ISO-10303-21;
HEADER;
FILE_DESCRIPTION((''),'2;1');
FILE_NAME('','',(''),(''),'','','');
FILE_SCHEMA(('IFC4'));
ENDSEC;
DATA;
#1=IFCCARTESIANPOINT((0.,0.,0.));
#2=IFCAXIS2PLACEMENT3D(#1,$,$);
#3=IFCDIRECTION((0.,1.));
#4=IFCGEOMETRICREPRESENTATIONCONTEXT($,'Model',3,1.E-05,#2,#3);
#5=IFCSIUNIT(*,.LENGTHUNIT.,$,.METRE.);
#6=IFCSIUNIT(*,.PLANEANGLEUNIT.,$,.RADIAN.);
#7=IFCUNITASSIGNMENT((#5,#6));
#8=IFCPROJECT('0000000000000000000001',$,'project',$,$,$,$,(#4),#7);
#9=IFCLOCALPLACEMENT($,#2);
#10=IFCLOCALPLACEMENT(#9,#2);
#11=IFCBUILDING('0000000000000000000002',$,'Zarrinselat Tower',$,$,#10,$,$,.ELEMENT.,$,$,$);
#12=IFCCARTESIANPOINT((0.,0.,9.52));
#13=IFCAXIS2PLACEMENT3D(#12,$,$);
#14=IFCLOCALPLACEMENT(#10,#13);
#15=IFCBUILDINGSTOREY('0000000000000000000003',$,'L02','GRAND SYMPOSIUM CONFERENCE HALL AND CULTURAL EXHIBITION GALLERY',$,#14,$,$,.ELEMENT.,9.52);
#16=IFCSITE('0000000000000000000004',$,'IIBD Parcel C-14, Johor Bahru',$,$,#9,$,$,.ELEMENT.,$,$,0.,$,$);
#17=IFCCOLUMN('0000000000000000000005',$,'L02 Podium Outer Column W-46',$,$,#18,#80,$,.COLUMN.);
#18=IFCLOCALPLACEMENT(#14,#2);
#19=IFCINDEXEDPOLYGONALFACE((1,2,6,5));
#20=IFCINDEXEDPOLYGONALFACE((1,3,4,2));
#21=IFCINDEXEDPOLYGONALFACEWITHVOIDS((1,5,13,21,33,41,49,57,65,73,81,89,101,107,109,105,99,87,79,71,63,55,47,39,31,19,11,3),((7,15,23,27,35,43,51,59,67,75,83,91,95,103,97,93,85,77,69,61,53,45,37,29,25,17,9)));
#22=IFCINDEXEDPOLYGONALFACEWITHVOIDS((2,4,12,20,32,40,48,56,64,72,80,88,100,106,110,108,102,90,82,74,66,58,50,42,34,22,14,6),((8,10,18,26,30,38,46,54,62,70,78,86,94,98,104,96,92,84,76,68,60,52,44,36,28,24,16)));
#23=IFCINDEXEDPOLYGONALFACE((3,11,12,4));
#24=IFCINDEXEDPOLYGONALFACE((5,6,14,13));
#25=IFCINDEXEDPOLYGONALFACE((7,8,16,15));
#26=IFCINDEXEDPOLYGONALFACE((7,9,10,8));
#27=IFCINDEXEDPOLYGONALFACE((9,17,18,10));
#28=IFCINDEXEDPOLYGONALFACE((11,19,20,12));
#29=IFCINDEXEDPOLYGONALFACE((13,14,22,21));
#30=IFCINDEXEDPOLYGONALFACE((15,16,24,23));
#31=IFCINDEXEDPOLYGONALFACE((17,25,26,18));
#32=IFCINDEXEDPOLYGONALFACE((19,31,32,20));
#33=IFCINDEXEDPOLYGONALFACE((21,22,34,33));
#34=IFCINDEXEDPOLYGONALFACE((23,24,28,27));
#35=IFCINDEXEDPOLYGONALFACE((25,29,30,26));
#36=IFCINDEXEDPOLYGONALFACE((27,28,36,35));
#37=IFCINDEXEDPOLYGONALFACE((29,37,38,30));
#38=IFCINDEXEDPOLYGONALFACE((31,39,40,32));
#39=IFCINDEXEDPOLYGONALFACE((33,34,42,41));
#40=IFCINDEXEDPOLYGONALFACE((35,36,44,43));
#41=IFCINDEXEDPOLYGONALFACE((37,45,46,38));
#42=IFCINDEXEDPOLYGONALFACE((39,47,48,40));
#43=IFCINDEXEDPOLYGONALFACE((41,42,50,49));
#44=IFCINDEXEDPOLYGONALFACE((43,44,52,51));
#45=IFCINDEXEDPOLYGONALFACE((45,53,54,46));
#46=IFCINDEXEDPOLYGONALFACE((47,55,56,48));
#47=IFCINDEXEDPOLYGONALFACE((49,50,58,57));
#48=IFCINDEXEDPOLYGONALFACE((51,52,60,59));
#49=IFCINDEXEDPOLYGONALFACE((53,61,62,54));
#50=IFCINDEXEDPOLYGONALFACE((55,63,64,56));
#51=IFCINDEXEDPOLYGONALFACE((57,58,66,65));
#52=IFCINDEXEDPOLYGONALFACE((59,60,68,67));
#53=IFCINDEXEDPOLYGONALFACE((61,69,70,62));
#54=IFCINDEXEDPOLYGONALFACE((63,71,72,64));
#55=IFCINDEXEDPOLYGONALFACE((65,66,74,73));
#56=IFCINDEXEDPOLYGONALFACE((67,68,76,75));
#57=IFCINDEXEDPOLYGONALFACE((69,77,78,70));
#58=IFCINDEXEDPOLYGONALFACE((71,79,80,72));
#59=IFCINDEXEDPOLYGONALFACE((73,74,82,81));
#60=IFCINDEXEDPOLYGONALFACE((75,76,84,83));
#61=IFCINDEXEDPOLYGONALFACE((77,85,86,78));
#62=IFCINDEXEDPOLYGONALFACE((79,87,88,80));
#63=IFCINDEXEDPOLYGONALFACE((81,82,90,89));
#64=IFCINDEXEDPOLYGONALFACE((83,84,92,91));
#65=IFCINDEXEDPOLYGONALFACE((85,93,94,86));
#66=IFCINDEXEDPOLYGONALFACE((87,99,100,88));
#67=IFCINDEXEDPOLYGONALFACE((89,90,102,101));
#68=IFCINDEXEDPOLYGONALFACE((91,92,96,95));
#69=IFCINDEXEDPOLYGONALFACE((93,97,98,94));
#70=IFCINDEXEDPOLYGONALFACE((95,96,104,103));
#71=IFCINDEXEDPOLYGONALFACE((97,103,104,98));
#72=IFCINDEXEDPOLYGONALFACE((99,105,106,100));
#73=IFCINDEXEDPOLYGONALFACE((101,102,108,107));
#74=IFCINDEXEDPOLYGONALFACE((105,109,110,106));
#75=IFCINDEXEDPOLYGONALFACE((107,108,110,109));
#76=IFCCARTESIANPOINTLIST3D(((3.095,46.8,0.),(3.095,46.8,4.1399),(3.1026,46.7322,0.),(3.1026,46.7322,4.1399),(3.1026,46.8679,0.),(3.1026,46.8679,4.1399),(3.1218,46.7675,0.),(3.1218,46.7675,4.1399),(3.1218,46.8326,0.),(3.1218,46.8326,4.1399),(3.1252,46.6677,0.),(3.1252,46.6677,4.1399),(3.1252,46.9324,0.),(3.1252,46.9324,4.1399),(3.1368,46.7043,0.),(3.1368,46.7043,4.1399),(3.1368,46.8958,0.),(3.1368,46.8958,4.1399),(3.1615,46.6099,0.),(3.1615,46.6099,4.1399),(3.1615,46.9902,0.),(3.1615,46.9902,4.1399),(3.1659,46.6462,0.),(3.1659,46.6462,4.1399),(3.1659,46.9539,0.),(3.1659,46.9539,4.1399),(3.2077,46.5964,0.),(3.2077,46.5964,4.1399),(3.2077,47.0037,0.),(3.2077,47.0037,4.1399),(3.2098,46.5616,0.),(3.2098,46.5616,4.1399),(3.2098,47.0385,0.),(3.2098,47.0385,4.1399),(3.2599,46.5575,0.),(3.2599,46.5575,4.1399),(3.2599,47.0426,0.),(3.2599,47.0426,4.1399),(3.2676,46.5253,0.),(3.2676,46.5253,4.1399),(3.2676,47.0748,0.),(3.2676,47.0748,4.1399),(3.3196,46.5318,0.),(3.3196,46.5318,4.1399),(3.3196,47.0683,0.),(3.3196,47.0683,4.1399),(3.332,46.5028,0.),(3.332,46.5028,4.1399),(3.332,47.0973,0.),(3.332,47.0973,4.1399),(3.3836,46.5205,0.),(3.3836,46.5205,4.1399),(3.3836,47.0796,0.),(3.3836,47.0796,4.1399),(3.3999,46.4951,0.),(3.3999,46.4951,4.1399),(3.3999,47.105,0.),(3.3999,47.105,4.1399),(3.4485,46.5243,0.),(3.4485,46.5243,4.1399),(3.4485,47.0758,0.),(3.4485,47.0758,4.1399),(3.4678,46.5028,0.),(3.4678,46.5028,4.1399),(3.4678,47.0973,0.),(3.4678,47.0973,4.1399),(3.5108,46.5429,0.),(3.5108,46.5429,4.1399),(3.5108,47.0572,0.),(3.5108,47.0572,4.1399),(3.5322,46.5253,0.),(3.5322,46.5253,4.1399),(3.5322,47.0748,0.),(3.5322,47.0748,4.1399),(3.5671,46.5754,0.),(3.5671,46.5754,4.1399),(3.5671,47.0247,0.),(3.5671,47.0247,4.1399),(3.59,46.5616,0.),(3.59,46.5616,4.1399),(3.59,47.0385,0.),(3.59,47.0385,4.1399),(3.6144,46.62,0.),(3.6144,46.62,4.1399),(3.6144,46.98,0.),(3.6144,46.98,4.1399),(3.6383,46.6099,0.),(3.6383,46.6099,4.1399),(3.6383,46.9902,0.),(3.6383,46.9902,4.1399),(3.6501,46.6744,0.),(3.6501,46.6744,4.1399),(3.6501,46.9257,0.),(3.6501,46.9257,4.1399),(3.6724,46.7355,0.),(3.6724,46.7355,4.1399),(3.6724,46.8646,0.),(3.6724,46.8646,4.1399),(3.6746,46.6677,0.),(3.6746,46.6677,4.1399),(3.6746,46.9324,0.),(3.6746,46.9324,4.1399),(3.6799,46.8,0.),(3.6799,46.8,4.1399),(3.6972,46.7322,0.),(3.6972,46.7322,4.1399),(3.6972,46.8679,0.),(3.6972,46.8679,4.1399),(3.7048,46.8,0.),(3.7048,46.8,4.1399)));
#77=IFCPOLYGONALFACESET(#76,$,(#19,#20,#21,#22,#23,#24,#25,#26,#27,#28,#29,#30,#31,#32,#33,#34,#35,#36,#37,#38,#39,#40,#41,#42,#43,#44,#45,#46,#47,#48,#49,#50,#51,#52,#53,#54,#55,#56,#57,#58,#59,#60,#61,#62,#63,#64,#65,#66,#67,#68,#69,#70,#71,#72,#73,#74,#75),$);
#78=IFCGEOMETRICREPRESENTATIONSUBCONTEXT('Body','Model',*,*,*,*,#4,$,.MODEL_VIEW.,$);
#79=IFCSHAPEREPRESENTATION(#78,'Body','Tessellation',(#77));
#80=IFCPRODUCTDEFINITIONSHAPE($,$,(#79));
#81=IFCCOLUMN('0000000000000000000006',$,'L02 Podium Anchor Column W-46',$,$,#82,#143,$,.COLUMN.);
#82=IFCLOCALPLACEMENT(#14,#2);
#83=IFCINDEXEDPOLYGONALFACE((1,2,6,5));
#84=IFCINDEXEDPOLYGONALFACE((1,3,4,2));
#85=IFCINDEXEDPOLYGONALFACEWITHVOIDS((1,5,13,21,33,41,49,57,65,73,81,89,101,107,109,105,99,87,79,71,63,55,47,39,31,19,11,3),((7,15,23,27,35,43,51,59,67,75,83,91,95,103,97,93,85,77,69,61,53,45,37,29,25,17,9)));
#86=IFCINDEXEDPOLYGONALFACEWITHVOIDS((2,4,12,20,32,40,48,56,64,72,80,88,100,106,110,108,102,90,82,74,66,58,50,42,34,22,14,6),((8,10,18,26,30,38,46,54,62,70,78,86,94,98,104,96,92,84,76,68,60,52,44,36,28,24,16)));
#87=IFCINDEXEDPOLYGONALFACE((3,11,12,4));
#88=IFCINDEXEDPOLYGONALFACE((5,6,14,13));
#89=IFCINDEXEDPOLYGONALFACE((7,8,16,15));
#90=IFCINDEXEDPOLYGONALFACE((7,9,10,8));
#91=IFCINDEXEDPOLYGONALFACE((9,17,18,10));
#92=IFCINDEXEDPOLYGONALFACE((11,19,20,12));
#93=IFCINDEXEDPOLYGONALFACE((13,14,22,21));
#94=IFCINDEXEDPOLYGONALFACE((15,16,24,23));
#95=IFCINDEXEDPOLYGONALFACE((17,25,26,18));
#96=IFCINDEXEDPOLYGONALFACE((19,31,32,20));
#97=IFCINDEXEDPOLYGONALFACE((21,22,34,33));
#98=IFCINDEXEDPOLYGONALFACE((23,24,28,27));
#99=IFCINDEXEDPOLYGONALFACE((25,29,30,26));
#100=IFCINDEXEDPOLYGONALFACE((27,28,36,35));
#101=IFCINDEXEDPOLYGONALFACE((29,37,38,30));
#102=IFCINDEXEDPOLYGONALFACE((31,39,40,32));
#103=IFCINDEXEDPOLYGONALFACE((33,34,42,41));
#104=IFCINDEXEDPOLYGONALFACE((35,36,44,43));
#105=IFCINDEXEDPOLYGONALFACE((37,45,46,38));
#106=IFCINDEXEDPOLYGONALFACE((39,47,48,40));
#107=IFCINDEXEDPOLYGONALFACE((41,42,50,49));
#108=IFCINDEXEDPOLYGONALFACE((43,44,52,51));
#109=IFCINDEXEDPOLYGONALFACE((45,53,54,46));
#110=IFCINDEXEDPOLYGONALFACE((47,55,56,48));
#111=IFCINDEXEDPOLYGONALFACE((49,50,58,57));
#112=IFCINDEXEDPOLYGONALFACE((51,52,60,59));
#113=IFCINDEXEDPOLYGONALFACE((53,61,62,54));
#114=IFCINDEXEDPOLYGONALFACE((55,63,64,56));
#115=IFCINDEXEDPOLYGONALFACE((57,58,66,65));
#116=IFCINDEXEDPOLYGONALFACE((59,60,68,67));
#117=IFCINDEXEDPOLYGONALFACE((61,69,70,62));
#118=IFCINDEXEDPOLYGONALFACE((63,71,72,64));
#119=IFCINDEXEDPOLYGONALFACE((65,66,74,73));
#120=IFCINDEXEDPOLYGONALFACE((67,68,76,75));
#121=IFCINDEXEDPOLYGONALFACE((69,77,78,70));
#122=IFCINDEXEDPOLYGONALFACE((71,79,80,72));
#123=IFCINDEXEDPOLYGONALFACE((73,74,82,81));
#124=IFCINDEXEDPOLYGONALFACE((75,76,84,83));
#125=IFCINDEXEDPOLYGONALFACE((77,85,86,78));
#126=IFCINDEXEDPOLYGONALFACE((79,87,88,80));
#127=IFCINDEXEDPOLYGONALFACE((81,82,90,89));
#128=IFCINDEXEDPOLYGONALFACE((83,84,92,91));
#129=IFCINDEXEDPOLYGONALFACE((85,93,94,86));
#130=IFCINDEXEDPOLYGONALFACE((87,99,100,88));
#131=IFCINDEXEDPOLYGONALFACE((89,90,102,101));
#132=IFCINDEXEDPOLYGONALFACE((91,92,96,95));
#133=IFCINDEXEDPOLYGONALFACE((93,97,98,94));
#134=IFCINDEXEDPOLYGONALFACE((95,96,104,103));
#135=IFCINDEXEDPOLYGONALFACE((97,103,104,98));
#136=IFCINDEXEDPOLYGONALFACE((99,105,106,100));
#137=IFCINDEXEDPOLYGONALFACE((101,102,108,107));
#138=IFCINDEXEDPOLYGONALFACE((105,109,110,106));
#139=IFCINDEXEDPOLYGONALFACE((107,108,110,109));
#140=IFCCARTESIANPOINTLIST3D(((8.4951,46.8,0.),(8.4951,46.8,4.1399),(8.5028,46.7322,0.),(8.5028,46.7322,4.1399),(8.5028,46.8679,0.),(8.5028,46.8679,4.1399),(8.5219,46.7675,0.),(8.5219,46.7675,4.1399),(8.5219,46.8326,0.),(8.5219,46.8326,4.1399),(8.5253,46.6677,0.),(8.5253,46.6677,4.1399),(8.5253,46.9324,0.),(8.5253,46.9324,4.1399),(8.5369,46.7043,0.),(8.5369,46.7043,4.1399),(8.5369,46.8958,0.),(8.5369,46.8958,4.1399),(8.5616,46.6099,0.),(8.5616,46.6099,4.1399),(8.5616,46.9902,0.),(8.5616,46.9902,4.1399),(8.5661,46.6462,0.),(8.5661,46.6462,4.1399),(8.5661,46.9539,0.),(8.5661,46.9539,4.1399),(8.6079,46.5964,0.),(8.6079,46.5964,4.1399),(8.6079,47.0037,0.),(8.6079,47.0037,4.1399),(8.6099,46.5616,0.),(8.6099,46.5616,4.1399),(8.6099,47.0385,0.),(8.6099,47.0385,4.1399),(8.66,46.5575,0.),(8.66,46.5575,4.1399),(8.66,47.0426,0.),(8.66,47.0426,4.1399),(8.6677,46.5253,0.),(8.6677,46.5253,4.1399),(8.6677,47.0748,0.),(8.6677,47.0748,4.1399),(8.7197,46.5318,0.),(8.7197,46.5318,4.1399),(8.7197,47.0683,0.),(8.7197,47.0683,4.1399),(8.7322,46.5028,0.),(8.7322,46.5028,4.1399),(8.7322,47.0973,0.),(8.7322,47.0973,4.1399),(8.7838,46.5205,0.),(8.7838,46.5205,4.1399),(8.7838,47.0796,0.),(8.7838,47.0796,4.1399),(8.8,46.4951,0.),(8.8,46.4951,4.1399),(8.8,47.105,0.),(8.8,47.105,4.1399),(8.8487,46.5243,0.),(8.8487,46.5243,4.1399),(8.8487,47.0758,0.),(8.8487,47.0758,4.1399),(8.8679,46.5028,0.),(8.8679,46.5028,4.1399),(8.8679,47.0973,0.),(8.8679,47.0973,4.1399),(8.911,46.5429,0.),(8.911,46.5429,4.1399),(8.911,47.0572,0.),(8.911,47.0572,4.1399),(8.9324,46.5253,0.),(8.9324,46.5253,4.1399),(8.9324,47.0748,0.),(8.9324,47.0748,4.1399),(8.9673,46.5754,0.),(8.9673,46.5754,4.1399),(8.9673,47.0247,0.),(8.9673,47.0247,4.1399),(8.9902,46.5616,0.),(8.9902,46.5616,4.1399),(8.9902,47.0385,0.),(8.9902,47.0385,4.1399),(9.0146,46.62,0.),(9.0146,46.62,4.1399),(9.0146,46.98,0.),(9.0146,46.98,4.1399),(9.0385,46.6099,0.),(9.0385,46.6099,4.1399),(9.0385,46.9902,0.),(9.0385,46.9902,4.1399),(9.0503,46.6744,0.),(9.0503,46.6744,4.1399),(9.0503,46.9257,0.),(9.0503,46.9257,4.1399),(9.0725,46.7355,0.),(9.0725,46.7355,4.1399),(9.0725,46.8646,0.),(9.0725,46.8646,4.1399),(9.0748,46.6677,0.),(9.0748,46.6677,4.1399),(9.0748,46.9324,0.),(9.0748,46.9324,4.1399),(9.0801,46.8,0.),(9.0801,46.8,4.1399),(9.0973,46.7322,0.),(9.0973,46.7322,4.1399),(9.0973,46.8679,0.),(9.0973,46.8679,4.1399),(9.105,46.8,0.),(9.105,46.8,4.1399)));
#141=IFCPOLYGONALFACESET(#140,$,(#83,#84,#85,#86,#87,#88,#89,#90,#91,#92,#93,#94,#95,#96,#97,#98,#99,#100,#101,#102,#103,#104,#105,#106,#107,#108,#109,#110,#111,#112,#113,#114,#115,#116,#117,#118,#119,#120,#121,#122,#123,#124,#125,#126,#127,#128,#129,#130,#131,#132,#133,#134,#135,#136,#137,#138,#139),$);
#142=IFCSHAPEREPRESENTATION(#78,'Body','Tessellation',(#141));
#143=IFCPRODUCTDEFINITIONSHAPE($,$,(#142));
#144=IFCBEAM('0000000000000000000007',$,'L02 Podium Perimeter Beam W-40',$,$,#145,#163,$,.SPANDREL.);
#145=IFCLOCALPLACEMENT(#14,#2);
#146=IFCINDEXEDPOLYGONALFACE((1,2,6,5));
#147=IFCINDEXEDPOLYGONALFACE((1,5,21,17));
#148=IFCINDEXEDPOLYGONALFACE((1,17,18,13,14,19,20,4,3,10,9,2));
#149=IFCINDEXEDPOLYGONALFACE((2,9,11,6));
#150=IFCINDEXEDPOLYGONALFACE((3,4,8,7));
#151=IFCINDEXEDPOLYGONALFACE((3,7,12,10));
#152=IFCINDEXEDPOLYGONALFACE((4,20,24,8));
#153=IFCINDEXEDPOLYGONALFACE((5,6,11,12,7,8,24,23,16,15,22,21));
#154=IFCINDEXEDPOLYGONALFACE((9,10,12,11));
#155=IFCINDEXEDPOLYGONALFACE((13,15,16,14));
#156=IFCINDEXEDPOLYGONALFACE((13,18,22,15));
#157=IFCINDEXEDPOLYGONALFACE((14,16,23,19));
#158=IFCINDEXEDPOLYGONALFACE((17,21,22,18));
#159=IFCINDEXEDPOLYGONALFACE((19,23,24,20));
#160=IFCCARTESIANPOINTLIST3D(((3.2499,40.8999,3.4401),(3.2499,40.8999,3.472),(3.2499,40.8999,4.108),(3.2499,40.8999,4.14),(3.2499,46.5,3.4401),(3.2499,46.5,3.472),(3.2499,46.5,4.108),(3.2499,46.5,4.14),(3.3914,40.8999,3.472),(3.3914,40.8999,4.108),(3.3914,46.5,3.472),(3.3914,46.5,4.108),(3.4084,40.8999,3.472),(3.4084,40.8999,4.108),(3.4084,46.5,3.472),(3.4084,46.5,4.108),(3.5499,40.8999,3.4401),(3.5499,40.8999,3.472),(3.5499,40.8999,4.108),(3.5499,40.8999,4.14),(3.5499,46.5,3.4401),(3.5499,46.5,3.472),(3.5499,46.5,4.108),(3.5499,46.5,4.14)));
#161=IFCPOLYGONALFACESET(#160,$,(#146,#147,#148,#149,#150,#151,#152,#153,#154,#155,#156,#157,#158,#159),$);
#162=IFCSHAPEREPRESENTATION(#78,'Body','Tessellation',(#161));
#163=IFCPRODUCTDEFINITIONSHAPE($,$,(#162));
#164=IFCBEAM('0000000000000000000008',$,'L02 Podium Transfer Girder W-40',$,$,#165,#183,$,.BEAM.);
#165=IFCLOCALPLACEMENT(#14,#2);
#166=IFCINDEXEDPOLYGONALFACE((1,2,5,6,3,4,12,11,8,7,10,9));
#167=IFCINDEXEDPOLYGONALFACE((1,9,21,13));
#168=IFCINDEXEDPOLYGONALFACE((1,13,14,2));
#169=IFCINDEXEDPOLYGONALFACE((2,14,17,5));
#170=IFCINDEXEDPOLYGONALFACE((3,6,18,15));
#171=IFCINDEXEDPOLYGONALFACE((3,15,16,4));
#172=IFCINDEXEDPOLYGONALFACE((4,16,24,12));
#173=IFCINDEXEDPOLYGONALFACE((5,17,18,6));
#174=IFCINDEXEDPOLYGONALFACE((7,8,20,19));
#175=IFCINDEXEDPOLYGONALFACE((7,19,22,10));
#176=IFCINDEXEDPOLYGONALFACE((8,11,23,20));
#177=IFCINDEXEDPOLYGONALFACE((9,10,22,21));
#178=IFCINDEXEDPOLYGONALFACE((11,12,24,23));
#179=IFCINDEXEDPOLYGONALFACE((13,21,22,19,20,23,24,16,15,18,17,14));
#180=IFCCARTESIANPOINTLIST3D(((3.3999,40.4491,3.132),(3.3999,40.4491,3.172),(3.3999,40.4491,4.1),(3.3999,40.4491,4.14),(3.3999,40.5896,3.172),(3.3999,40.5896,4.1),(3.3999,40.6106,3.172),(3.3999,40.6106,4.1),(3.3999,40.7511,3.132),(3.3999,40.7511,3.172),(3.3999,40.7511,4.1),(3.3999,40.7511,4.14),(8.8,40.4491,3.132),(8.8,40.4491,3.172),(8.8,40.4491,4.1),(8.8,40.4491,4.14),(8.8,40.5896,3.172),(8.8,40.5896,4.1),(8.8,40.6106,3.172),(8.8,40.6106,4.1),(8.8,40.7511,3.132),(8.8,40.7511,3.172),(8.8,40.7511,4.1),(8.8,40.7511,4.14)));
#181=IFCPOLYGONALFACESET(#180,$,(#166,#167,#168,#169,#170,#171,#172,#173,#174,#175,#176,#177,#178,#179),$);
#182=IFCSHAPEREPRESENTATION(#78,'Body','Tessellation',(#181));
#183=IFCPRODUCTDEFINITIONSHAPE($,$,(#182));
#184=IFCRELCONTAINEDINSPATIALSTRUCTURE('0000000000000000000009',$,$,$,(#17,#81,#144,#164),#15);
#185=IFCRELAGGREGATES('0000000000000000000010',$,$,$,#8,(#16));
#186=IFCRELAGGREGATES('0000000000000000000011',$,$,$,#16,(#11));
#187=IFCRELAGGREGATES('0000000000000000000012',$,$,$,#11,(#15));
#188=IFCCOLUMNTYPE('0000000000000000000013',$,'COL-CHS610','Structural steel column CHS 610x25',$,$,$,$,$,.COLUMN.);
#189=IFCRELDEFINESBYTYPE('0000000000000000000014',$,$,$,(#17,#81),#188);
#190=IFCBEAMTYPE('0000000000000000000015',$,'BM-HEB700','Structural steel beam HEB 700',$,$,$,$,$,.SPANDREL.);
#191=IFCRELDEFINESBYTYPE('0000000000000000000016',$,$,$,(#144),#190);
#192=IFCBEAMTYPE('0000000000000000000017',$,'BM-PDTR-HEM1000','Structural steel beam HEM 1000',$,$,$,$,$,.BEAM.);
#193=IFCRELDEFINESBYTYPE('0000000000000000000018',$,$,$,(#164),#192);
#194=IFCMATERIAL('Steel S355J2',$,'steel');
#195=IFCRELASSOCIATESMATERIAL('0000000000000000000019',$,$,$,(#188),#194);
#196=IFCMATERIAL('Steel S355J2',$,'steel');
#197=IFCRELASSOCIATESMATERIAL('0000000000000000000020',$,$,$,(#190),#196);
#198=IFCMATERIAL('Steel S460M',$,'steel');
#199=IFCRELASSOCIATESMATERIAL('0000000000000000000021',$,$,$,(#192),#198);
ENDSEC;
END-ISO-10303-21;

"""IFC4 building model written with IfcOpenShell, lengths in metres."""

from ifc_helpers import new_model, si_unit, direction, frame, origin, origin_2d, place, context, subcontext, project, spatial, hollow_circle, i_section, extrude, material, material_profile, profile_set, type_object, element, save


model = new_model("IFC4")

# Units and contexts
model_context = context("Model", 3, precision=1e-05, world=origin(), true_north=direction((0.0, 1.0)))
body_context = subcontext(model_context, "Body", "Model", "MODEL_VIEW")
ifc_project = project(units=[si_unit("LENGTHUNIT", "METRE"), si_unit("PLANEANGLEUNIT", "RADIAN")], contexts=[model_context])

# Site, building, storey
site_placement = place(None, origin())
site = spatial("IfcSite", under=ifc_project, at=site_placement, Name="IIBD Parcel C-14, Johor Bahru", CompositionType="ELEMENT", RefElevation=0.0)
building_placement = place(site_placement, origin())
building = spatial("IfcBuilding", under=site, at=building_placement, Name="Zarrinselat Tower", CompositionType="ELEMENT")
storey_placement = place(building_placement, frame((0.0, 0.0, 9.52)))
storey = spatial("IfcBuildingStorey", under=building, at=storey_placement, Name="L02", Description="GRAND SYMPOSIUM CONFERENCE HALL AND CULTURAL EXHIBITION GALLERY", CompositionType="ELEMENT", Elevation=9.52)

# Columns
ifc_material_1 = material(Name="Steel S355J2", Category="steel")
ifc_material_profile_1 = material_profile(ifc_material_1, hollow_circle(Radius=0.3049, WallThickness=0.0249, at=origin_2d()), Name="CHS 610x25")
ifc_profile_set_1 = profile_set([ifc_material_profile_1], Name="Steel S355J2")
column_type = type_object("IfcColumnType", Name="COL-CHS610", Description="Structural steel column CHS 610x25", PredefinedType="COLUMN", material=ifc_profile_set_1)
for number, where, z_axis, x_axis, name in (
    (1, (3.3999, 46.8, 0.0), (0.0, 0.0, 1.0), (1.0, 0.0, 0.0), "L02 Podium Outer Column W-46"),
    (2, (8.8, 46.8, 0.0), (0.0, 0.0, 1.0), (1.0, 0.0, 0.0), "L02 Podium Anchor Column W-46"),
):
    element("IfcColumn", number, at=place(storey_placement, frame(where, z_axis=z_axis, x_axis=x_axis)), inside=storey, type_object=column_type, Name=name, PredefinedType="COLUMN", context=body_context, shape_type="SweptSolid", body=[
        extrude(hollow_circle(Radius=0.3049, WallThickness=0.0249, at=origin_2d()), origin(), (0.0, 0.0, 1.0), 4.1399),
    ])

# Beams
ifc_material_2 = material(Name="Steel S355J2", Category="steel")
ifc_material_profile_2 = material_profile(ifc_material_2, i_section(OverallWidth=0.3, OverallDepth=0.7, WebThickness=0.0171, FlangeThickness=0.032, at=origin_2d()), Name="HEB 700")
ifc_profile_set_2 = profile_set([ifc_material_profile_2], Name="Steel S355J2")
beam_type_1 = type_object("IfcBeamType", Name="BM-HEB700", Description="Structural steel beam HEB 700", PredefinedType="SPANDREL", material=ifc_profile_set_2)
beam_placement = place(storey_placement, frame((3.3999, 40.8999, 3.79), z_axis=(0.0, 1.0, 0.0), x_axis=(-1.0, 0.0, 0.0)))
element("IfcBeam", 3, at=beam_placement, inside=storey, type_object=beam_type_1, Name="L02 Podium Perimeter Beam W-40", PredefinedType="SPANDREL", context=body_context, shape_type="SweptSolid", body=[
    extrude(i_section(OverallWidth=0.3, OverallDepth=0.7, WebThickness=0.0171, FlangeThickness=0.032, at=origin_2d()), origin(), (0.0, 0.0, 1.0), 5.6001),
])
ifc_material_3 = material(Name="Steel S460M", Category="steel")
ifc_material_profile_3 = material_profile(ifc_material_3, i_section(OverallWidth=0.302, OverallDepth=1.0081, WebThickness=0.021, FlangeThickness=0.04, at=origin_2d()), Name="HEM 1000")
ifc_profile_set_3 = profile_set([ifc_material_profile_3], Name="Steel S460M")
beam_type_2 = type_object("IfcBeamType", Name="BM-PDTR-HEM1000", Description="Structural steel beam HEM 1000", PredefinedType="BEAM", material=ifc_profile_set_3)
for number, where, z_axis, x_axis, name in (
    (4, (3.3999, 40.6001, 3.636), (1.0, 0.0, 0.0), (0.0, 1.0, 0.0), "L02 Podium Transfer Girder W-40"),
):
    element("IfcBeam", number, at=place(storey_placement, frame(where, z_axis=z_axis, x_axis=x_axis)), inside=storey, type_object=beam_type_2, Name=name, PredefinedType="BEAM", context=body_context, shape_type="SweptSolid", body=[
        extrude(i_section(OverallWidth=0.302, OverallDepth=1.0081, WebThickness=0.021, FlangeThickness=0.04, at=origin_2d()), origin(), (0.0, 0.0, 1.0), 5.4001),
    ])

save(model, "model.ifc")
